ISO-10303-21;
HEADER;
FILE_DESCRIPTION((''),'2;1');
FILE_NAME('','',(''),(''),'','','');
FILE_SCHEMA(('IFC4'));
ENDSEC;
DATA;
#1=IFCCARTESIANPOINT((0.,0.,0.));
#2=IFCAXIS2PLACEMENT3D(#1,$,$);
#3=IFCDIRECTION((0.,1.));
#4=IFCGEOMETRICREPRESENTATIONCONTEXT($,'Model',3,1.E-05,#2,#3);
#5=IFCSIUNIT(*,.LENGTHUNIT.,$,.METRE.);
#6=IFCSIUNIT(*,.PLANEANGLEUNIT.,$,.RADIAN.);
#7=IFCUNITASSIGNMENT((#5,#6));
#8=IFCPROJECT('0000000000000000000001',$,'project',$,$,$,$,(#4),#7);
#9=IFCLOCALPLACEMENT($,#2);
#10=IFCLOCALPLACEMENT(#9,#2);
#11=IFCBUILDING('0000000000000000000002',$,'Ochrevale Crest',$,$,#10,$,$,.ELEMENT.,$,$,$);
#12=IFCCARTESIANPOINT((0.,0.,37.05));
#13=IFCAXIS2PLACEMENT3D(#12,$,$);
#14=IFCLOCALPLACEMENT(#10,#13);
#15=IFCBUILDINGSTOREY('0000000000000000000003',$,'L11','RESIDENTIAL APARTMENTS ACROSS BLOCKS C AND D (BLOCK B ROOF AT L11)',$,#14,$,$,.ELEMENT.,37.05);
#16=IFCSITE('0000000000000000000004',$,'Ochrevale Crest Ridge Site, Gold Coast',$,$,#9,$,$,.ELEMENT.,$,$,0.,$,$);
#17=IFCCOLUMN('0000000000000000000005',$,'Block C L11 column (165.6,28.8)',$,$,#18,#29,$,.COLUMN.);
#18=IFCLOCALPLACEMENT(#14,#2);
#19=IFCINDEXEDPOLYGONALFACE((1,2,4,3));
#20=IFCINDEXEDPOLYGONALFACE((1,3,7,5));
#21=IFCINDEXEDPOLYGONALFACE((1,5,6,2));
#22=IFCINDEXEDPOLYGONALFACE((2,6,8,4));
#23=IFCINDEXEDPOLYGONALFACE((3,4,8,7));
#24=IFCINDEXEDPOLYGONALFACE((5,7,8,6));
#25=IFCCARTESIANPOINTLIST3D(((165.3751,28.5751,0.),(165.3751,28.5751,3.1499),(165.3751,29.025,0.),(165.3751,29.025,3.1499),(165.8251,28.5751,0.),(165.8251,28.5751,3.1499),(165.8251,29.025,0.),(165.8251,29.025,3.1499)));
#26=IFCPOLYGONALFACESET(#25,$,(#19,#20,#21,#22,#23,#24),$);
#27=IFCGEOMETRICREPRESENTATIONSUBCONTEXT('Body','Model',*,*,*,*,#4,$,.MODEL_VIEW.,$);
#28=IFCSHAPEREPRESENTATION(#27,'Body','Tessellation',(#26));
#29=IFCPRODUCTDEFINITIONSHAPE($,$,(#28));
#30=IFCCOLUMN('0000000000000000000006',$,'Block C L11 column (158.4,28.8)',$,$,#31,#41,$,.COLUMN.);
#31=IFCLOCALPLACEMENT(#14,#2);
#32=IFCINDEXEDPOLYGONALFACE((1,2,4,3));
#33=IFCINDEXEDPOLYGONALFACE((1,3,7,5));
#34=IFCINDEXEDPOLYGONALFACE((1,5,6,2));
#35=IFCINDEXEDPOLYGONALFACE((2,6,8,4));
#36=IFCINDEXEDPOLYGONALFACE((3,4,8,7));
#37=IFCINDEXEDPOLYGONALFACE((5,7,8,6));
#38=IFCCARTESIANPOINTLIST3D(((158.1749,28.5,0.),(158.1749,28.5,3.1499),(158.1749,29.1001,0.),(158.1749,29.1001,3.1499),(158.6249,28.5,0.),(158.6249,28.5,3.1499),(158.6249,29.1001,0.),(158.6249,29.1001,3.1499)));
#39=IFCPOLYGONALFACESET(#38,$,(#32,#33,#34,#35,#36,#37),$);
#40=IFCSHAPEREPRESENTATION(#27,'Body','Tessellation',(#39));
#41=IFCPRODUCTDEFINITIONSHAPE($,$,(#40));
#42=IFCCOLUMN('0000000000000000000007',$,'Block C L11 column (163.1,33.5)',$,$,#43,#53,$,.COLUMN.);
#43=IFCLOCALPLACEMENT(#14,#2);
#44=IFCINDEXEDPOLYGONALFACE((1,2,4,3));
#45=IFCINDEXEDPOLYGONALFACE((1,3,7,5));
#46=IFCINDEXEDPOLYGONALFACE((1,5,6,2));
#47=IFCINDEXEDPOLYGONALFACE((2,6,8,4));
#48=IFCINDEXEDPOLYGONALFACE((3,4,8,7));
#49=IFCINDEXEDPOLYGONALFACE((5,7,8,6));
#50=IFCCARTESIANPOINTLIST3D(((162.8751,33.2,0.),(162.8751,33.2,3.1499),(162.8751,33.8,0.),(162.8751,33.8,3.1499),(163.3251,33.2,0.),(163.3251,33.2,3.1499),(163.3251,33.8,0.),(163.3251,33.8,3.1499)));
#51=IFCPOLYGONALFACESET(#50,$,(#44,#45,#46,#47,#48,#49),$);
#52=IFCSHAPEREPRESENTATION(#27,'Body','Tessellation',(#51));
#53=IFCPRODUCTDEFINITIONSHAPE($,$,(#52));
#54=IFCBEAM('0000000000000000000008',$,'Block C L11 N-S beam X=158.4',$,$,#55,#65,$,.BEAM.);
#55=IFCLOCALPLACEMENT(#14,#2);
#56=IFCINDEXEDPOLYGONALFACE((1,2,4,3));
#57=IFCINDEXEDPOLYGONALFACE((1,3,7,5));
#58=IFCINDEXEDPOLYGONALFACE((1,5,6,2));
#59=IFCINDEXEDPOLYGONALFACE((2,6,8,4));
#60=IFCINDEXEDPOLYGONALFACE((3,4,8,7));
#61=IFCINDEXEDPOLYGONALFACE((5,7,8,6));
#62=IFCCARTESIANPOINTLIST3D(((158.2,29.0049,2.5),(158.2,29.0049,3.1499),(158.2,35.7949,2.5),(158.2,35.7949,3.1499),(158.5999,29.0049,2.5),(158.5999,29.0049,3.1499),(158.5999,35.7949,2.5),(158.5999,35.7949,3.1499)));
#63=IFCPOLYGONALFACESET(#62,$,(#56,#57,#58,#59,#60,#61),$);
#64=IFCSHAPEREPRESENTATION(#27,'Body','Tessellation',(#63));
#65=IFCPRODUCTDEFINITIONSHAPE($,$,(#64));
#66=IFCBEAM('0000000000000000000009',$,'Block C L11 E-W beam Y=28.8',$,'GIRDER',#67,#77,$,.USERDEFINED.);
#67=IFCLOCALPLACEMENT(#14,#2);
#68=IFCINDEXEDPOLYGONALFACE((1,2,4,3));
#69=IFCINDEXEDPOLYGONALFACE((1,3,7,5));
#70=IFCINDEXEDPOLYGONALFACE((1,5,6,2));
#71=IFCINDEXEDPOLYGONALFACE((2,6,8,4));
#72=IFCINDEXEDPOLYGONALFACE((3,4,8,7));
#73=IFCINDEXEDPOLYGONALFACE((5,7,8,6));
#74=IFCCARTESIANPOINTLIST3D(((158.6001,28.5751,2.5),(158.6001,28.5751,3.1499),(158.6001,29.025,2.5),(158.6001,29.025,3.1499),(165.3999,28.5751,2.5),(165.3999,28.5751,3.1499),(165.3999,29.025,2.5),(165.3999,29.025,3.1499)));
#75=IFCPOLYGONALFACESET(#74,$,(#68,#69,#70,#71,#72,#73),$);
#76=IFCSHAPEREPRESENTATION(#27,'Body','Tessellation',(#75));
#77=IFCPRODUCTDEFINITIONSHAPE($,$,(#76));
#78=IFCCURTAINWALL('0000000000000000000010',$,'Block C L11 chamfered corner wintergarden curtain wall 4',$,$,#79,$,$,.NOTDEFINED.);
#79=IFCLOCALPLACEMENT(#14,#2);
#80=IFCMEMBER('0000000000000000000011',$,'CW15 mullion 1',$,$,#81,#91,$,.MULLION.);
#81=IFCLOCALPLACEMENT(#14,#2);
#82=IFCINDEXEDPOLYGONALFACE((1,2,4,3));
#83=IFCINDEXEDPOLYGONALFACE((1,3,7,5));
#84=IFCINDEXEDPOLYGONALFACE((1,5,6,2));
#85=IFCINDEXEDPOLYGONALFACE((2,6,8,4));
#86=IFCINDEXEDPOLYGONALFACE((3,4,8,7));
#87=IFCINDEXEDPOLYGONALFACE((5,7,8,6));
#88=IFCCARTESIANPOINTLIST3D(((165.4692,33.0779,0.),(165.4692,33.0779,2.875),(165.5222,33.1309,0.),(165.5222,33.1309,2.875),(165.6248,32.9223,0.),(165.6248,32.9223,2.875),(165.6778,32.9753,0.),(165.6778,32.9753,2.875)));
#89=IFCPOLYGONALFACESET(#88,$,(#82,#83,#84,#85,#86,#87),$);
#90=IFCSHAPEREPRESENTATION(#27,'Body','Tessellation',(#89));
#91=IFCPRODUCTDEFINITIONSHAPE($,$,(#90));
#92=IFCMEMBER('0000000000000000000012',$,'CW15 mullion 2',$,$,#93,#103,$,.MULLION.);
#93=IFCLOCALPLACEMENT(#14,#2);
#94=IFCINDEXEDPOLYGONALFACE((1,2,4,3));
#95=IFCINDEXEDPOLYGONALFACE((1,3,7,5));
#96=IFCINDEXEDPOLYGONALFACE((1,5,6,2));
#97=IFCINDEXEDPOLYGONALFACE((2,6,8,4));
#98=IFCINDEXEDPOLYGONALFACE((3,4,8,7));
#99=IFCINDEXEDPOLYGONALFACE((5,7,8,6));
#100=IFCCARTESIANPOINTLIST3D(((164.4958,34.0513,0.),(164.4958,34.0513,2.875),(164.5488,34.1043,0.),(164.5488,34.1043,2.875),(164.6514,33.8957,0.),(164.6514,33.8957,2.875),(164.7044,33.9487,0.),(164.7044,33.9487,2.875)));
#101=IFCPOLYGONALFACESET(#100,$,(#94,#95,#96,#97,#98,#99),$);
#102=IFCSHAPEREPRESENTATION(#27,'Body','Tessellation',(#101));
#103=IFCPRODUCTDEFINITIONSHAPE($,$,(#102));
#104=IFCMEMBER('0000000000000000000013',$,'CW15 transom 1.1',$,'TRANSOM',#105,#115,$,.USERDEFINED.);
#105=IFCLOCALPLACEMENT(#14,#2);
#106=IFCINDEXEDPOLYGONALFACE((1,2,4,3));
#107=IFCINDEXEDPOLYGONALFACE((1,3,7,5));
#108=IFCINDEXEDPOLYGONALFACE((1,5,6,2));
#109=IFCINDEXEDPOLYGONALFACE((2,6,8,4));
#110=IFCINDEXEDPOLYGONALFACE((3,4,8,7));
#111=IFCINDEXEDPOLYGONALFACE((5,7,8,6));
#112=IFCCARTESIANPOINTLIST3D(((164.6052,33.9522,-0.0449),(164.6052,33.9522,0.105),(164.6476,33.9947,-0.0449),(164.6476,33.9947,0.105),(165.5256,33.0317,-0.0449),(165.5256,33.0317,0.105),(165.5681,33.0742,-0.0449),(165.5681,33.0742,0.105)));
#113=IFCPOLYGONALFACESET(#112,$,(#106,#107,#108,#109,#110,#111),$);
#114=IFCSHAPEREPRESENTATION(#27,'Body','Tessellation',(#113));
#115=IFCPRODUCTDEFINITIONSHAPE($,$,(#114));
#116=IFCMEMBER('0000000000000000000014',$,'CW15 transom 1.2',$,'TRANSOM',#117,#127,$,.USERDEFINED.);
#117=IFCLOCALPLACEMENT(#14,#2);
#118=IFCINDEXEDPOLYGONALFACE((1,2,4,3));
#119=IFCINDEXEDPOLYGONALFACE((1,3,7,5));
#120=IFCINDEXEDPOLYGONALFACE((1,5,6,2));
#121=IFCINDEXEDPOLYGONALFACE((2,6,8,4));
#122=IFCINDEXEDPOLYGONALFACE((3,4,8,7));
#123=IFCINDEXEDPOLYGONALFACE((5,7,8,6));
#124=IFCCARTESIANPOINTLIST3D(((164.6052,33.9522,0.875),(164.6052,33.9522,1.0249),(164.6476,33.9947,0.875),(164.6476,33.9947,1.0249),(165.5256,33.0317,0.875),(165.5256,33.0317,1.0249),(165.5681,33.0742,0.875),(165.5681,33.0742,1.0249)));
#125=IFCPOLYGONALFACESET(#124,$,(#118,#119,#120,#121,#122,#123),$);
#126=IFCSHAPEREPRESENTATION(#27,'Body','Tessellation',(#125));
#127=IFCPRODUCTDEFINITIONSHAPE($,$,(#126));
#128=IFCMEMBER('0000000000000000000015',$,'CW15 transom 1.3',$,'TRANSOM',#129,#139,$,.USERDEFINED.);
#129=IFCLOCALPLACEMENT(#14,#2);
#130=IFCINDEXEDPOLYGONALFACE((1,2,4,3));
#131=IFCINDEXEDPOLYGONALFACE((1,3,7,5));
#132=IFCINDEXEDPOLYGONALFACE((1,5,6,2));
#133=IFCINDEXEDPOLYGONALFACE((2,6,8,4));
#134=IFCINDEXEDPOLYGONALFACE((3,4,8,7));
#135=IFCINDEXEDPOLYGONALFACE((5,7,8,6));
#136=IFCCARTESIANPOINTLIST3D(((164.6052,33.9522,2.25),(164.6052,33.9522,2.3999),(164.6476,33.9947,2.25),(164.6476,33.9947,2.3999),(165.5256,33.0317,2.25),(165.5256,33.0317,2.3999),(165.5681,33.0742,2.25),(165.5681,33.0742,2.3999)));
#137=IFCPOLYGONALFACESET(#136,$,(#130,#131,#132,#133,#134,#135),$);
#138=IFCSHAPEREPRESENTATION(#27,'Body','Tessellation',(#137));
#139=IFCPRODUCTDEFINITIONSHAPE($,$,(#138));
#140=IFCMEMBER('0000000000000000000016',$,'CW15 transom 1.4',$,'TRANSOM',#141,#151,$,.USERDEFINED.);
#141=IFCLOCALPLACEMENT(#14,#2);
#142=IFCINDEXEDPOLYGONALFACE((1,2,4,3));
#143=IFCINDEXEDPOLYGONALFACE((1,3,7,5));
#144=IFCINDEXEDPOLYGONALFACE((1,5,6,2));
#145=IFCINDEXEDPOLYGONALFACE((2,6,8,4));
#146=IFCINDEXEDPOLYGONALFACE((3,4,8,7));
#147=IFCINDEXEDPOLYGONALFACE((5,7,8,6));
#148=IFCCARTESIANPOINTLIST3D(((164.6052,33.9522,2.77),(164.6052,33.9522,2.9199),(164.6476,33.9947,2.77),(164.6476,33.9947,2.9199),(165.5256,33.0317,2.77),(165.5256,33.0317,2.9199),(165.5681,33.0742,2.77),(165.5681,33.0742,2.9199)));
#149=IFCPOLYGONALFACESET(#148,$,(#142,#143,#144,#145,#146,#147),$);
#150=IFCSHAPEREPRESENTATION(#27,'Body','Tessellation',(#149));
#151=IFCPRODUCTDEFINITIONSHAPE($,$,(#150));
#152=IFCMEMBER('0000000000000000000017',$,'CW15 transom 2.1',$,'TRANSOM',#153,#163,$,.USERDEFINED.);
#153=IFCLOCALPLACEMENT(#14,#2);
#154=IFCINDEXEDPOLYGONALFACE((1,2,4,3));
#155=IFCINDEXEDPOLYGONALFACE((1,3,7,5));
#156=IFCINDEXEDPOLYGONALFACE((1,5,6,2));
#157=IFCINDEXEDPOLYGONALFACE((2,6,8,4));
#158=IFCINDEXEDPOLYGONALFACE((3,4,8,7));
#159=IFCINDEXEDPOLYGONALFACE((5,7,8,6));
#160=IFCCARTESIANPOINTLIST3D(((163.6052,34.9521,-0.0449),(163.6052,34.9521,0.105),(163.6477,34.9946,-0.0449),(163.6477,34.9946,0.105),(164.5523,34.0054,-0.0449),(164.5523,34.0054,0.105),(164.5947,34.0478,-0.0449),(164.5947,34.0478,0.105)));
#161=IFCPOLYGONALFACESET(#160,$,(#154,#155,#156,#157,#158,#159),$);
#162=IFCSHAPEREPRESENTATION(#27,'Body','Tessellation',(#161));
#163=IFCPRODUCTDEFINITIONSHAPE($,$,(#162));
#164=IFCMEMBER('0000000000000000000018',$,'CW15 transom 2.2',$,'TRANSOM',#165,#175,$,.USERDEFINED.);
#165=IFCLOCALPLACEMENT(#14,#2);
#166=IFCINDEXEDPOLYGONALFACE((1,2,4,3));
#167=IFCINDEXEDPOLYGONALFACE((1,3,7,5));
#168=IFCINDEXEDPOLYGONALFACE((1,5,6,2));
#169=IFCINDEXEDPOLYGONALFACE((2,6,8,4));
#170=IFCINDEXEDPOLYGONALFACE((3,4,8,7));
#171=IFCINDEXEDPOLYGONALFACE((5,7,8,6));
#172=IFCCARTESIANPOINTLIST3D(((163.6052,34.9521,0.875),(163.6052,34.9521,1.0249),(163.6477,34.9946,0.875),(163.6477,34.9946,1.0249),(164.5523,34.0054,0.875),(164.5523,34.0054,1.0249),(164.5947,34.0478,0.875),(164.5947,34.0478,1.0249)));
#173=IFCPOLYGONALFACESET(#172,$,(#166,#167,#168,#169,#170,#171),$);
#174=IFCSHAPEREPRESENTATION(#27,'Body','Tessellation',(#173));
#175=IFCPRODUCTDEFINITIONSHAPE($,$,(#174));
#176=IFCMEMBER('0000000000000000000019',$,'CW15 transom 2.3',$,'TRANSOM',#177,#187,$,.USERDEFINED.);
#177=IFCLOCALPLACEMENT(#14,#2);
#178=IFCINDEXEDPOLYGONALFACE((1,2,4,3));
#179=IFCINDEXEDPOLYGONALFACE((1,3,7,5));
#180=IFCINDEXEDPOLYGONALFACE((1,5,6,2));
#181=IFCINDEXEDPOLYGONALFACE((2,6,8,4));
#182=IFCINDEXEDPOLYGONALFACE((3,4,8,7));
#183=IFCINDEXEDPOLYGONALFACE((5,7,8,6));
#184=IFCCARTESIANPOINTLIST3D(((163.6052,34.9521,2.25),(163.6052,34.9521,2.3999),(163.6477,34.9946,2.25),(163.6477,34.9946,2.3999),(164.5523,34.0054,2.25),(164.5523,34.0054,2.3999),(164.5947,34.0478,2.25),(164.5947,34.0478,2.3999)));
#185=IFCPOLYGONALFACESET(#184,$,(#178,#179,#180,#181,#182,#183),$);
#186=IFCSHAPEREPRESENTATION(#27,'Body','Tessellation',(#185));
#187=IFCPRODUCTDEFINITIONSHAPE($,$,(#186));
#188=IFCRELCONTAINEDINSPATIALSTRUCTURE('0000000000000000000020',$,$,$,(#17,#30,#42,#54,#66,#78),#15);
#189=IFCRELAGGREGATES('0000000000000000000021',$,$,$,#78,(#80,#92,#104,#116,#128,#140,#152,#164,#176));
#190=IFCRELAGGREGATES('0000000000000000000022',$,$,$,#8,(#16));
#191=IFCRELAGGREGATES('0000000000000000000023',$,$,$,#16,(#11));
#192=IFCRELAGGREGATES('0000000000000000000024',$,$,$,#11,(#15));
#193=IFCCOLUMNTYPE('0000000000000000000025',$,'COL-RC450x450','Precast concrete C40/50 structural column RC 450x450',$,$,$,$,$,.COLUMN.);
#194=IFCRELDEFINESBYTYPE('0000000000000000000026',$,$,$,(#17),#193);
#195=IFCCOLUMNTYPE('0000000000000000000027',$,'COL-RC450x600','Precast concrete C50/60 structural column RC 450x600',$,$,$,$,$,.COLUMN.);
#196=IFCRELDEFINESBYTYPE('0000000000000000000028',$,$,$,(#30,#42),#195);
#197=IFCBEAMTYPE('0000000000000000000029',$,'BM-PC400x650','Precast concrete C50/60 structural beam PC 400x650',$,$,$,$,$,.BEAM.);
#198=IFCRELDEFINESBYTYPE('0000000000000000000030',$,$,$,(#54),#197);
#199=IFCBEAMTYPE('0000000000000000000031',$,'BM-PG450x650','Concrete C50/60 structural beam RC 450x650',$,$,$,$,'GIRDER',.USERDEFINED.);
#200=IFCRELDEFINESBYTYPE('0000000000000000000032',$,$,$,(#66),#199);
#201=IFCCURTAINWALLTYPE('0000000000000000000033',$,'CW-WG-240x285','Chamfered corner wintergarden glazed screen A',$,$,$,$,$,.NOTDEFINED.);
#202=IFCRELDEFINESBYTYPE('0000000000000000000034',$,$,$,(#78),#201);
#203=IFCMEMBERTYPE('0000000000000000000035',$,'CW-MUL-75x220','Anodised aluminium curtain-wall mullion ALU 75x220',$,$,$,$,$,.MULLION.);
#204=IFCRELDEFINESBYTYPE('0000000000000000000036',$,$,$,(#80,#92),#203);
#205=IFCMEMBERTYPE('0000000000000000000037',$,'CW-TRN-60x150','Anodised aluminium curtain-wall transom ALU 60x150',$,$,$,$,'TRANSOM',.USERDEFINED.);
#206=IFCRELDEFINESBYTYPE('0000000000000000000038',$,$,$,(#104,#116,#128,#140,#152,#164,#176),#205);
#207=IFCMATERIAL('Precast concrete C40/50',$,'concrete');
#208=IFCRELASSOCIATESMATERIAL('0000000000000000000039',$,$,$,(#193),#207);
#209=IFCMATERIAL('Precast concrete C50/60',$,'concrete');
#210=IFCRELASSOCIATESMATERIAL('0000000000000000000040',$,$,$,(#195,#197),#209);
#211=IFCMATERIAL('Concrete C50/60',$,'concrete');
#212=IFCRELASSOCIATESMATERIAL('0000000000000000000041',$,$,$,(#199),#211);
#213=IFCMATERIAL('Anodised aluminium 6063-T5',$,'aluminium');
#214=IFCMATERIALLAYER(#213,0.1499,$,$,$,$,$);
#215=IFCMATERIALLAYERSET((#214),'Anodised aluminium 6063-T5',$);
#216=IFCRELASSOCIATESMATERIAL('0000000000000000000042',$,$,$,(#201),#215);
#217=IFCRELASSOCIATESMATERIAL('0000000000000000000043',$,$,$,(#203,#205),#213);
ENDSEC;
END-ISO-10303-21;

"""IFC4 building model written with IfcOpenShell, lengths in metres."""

from ifc_helpers import new_model, si_unit, direction, frame, origin, origin_2d, place, context, subcontext, project, spatial, rectangle, extrude, material, layer, layer_set, material_profile, profile_set, type_object, element, aggregate, save


model = new_model("IFC4")

# Units and contexts
model_context = context("Model", 3, precision=1e-05, world=origin(), true_north=direction((0.0, 1.0)))
body_context = subcontext(model_context, "Body", "Model", "MODEL_VIEW")
ifc_project = project(units=[si_unit("LENGTHUNIT", "METRE"), si_unit("PLANEANGLEUNIT", "RADIAN")], contexts=[model_context])

# Site, building, storey
site_placement = place(None, origin())
site = spatial("IfcSite", under=ifc_project, at=site_placement, Name="Ochrevale Crest Ridge Site, Gold Coast", CompositionType="ELEMENT", RefElevation=0.0)
building_placement = place(site_placement, origin())
building = spatial("IfcBuilding", under=site, at=building_placement, Name="Ochrevale Crest", CompositionType="ELEMENT")
storey_placement = place(building_placement, frame((0.0, 0.0, 37.05)))
storey = spatial("IfcBuildingStorey", under=building, at=storey_placement, Name="L11", Description="RESIDENTIAL APARTMENTS ACROSS BLOCKS C AND D (BLOCK B ROOF AT L11)", CompositionType="ELEMENT", Elevation=37.05)

# Columns
ifc_material_1 = material(Name="Precast concrete C40/50", Category="concrete")
ifc_material_profile_1 = material_profile(ifc_material_1, rectangle(XDim=0.45, YDim=0.45, at=origin_2d()), Name="RC 450x450")
ifc_profile_set_1 = profile_set([ifc_material_profile_1], Name="Precast concrete C40/50")
column_type_1 = type_object("IfcColumnType", Name="COL-RC450x450", Description="Precast concrete C40/50 structural column RC 450x450", PredefinedType="COLUMN", material=ifc_profile_set_1)
column_placement = place(storey_placement, frame((165.6001, 28.8, 0.0), z_axis=(0.0, 0.0, 1.0), x_axis=(1.0, 0.0, 0.0)))
element("IfcColumn", 1, at=column_placement, inside=storey, type_object=column_type_1, Name="Block C L11 column (165.6,28.8)", PredefinedType="COLUMN", context=body_context, shape_type="SweptSolid", body=[
    extrude(rectangle(XDim=0.45, YDim=0.45, at=origin_2d()), origin(), (0.0, 0.0, 1.0), 3.1499),
])
ifc_material_2 = material(Name="Precast concrete C50/60", Category="concrete")
ifc_material_profile_2 = material_profile(ifc_material_2, rectangle(XDim=0.45, YDim=0.6001, at=origin_2d()), Name="RC 450x600")
ifc_profile_set_2 = profile_set([ifc_material_profile_2], Name="Precast concrete C50/60")
column_type_2 = type_object("IfcColumnType", Name="COL-RC450x600", Description="Precast concrete C50/60 structural column RC 450x600", PredefinedType="COLUMN", material=ifc_profile_set_2)
for number, where, z_axis, x_axis, name in (
    (2, (158.3999, 28.8, 0.0), (0.0, 0.0, 1.0), (1.0, 0.0, 0.0), "Block C L11 column (158.4,28.8)"),
    (3, (163.1001, 33.5, 0.0), (0.0, 0.0, 1.0), (1.0, 0.0, 0.0), "Block C L11 column (163.1,33.5)"),
):
    element("IfcColumn", number, at=place(storey_placement, frame(where, z_axis=z_axis, x_axis=x_axis)), inside=storey, type_object=column_type_2, Name=name, PredefinedType="COLUMN", context=body_context, shape_type="SweptSolid", body=[
        extrude(rectangle(XDim=0.45, YDim=0.6001, at=origin_2d()), origin(), (0.0, 0.0, 1.0), 3.1499),
    ])

# Beams
ifc_material_profile_3 = material_profile(ifc_material_2, rectangle(XDim=0.3999, YDim=0.6499, at=origin_2d()), Name="PC 400x650")
ifc_profile_set_3 = profile_set([ifc_material_profile_3], Name="Precast concrete C50/60")
beam_type_1 = type_object("IfcBeamType", Name="BM-PC400x650", Description="Precast concrete C50/60 structural beam PC 400x650", PredefinedType="BEAM", material=ifc_profile_set_3)
beam_1_placement = place(storey_placement, frame((158.3999, 29.0049, 2.825), z_axis=(0.0, 1.0, 0.0), x_axis=(-1.0, 0.0, 0.0)))
element("IfcBeam", 4, at=beam_1_placement, inside=storey, type_object=beam_type_1, Name="Block C L11 N-S beam X=158.4", PredefinedType="BEAM", context=body_context, shape_type="SweptSolid", body=[
    extrude(rectangle(XDim=0.3999, YDim=0.6499, at=origin_2d()), origin(), (0.0, 0.0, 1.0), 6.79),
])
ifc_material_3 = material(Name="Concrete C50/60", Category="concrete")
ifc_material_profile_4 = material_profile(ifc_material_3, rectangle(XDim=0.45, YDim=0.6499, at=origin_2d()), Name="RC 450x650")
ifc_profile_set_4 = profile_set([ifc_material_profile_4], Name="Concrete C50/60")
beam_type_2 = type_object("IfcBeamType", Name="BM-PG450x650", Description="Concrete C50/60 structural beam RC 450x650", ElementType="GIRDER", PredefinedType="USERDEFINED", material=ifc_profile_set_4)
beam_2_placement = place(storey_placement, frame((158.6001, 28.8, 2.825), z_axis=(1.0, 0.0, 0.0), x_axis=(0.0, 1.0, 0.0)))
element("IfcBeam", 5, at=beam_2_placement, inside=storey, type_object=beam_type_2, Name="Block C L11 E-W beam Y=28.8", ObjectType="GIRDER", PredefinedType="USERDEFINED", context=body_context, shape_type="SweptSolid", body=[
    extrude(rectangle(XDim=0.45, YDim=0.6499, at=origin_2d()), origin(), (0.0, 0.0, 1.0), 6.7998),
])

# Curtain wall, members
ifc_material_4 = material(Name="Anodised aluminium 6063-T5", Category="aluminium")
ifc_layer_1 = layer(ifc_material_4, 0.1499)
ifc_layer_set_1 = layer_set([ifc_layer_1], Name="Anodised aluminium 6063-T5")
curtain_wall_type = type_object("IfcCurtainWallType", Name="CW-WG-240x285", Description="Chamfered corner wintergarden glazed screen A", PredefinedType="NOTDEFINED", material=ifc_layer_set_1)
curtain_wall_placement = place(storey_placement, origin())
curtain_wall = element("IfcCurtainWall", 6, at=curtain_wall_placement, inside=storey, type_object=curtain_wall_type, Name="Block C L11 chamfered corner wintergarden curtain wall 4", PredefinedType="NOTDEFINED")
ifc_material_profile_5 = material_profile(ifc_material_4, rectangle(XDim=0.075, YDim=0.22, at=origin_2d()), Name="ALU 75x220")
ifc_profile_set_5 = profile_set([ifc_material_profile_5], Name="Anodised aluminium 6063-T5")
member_type_1 = type_object("IfcMemberType", Name="CW-MUL-75x220", Description="Anodised aluminium curtain-wall mullion ALU 75x220", PredefinedType="MULLION", material=ifc_profile_set_5)
member_1_placement = place(storey_placement, frame((165.5735, 33.0266, 0.0), z_axis=(0.0, 0.0, 1.0), x_axis=(-0.707107, -0.707107, 0.0)))
member_1 = element("IfcMember", 7, at=member_1_placement, type_object=member_type_1, Name="CW15 mullion 1", PredefinedType="MULLION", context=body_context, shape_type="SweptSolid", body=[
    extrude(rectangle(XDim=0.075, YDim=0.22, at=origin_2d()), origin(), (0.0, 0.0, 1.0), 2.875),
])
member_2_placement = place(storey_placement, frame((164.6001, 34.0, 0.0), z_axis=(0.0, 0.0, 1.0), x_axis=(-0.707107, -0.707107, 0.0)))
member_2 = element("IfcMember", 8, at=member_2_placement, type_object=member_type_1, Name="CW15 mullion 2", PredefinedType="MULLION", context=body_context, shape_type="SweptSolid", body=[
    extrude(rectangle(XDim=0.075, YDim=0.22, at=origin_2d()), origin(), (0.0, 0.0, 1.0), 2.875),
])
ifc_material_profile_6 = material_profile(ifc_material_4, rectangle(XDim=0.0601, YDim=0.1499, at=origin_2d()), Name="ALU 60x150")
ifc_profile_set_6 = profile_set([ifc_material_profile_6], Name="Anodised aluminium 6063-T5")
member_type_2 = type_object("IfcMemberType", Name="CW-TRN-60x150", Description="Anodised aluminium curtain-wall transom ALU 60x150", ElementType="TRANSOM", PredefinedType="USERDEFINED", material=ifc_profile_set_6)
member_3_placement = place(storey_placement, frame((165.5469, 33.053, 0.03), z_axis=(-0.707107, 0.707107, 0.0), x_axis=(-0.707107, -0.707107, 0.0)))
member_3 = element("IfcMember", 9, at=member_3_placement, type_object=member_type_2, Name="CW15 transom 1.1", ObjectType="TRANSOM", PredefinedType="USERDEFINED", context=body_context, shape_type="SweptSolid", body=[
    extrude(rectangle(XDim=0.0601, YDim=0.1499, at=origin_2d()), origin(), (0.0, 0.0, 1.0), 1.3018),
])
member_4_placement = place(storey_placement, frame((165.5469, 33.053, 0.95), z_axis=(-0.707107, 0.707107, 0.0), x_axis=(-0.707107, -0.707107, 0.0)))
member_4 = element("IfcMember", 10, at=member_4_placement, type_object=member_type_2, Name="CW15 transom 1.2", ObjectType="TRANSOM", PredefinedType="USERDEFINED", context=body_context, shape_type="SweptSolid", body=[
    extrude(rectangle(XDim=0.0601, YDim=0.1499, at=origin_2d()), origin(), (0.0, 0.0, 1.0), 1.3018),
])
member_5_placement = place(storey_placement, frame((165.5469, 33.053, 2.325), z_axis=(-0.707107, 0.707107, 0.0), x_axis=(-0.707107, -0.707107, 0.0)))
member_5 = element("IfcMember", 11, at=member_5_placement, type_object=member_type_2, Name="CW15 transom 1.3", ObjectType="TRANSOM", PredefinedType="USERDEFINED", context=body_context, shape_type="SweptSolid", body=[
    extrude(rectangle(XDim=0.0601, YDim=0.1499, at=origin_2d()), origin(), (0.0, 0.0, 1.0), 1.3018),
])
member_6_placement = place(storey_placement, frame((165.5469, 33.053, 2.845), z_axis=(-0.707107, 0.707107, 0.0), x_axis=(-0.707107, -0.707107, 0.0)))
member_6 = element("IfcMember", 12, at=member_6_placement, type_object=member_type_2, Name="CW15 transom 1.4", ObjectType="TRANSOM", PredefinedType="USERDEFINED", context=body_context, shape_type="SweptSolid", body=[
    extrude(rectangle(XDim=0.0601, YDim=0.1499, at=origin_2d()), origin(), (0.0, 0.0, 1.0), 1.3018),
])
member_7_placement = place(storey_placement, frame((164.5735, 34.0266, 0.03), z_axis=(-0.707198, 0.707016, 0.0), x_axis=(-0.707016, -0.707198, 0.0)))
member_7 = element("IfcMember", 13, at=member_7_placement, type_object=member_type_2, Name="CW15 transom 2.1", ObjectType="TRANSOM", PredefinedType="USERDEFINED", context=body_context, shape_type="SweptSolid", body=[
    extrude(rectangle(XDim=0.0601, YDim=0.1499, at=origin_2d()), origin(), (0.0, 0.0, 1.0), 1.3391),
])
member_8_placement = place(storey_placement, frame((164.5735, 34.0266, 0.95), z_axis=(-0.707198, 0.707016, 0.0), x_axis=(-0.707016, -0.707198, 0.0)))
member_8 = element("IfcMember", 14, at=member_8_placement, type_object=member_type_2, Name="CW15 transom 2.2", ObjectType="TRANSOM", PredefinedType="USERDEFINED", context=body_context, shape_type="SweptSolid", body=[
    extrude(rectangle(XDim=0.0601, YDim=0.1499, at=origin_2d()), origin(), (0.0, 0.0, 1.0), 1.3391),
])
member_9_placement = place(storey_placement, frame((164.5735, 34.0266, 2.325), z_axis=(-0.707198, 0.707016, 0.0), x_axis=(-0.707016, -0.707198, 0.0)))
member_9 = element("IfcMember", 15, at=member_9_placement, type_object=member_type_2, Name="CW15 transom 2.3", ObjectType="TRANSOM", PredefinedType="USERDEFINED", context=body_context, shape_type="SweptSolid", body=[
    extrude(rectangle(XDim=0.0601, YDim=0.1499, at=origin_2d()), origin(), (0.0, 0.0, 1.0), 1.3391),
])
aggregate(curtain_wall, [member_1, member_2, member_3, member_4, member_5, member_6, member_7, member_8, member_9])

save(model, "model.ifc")
